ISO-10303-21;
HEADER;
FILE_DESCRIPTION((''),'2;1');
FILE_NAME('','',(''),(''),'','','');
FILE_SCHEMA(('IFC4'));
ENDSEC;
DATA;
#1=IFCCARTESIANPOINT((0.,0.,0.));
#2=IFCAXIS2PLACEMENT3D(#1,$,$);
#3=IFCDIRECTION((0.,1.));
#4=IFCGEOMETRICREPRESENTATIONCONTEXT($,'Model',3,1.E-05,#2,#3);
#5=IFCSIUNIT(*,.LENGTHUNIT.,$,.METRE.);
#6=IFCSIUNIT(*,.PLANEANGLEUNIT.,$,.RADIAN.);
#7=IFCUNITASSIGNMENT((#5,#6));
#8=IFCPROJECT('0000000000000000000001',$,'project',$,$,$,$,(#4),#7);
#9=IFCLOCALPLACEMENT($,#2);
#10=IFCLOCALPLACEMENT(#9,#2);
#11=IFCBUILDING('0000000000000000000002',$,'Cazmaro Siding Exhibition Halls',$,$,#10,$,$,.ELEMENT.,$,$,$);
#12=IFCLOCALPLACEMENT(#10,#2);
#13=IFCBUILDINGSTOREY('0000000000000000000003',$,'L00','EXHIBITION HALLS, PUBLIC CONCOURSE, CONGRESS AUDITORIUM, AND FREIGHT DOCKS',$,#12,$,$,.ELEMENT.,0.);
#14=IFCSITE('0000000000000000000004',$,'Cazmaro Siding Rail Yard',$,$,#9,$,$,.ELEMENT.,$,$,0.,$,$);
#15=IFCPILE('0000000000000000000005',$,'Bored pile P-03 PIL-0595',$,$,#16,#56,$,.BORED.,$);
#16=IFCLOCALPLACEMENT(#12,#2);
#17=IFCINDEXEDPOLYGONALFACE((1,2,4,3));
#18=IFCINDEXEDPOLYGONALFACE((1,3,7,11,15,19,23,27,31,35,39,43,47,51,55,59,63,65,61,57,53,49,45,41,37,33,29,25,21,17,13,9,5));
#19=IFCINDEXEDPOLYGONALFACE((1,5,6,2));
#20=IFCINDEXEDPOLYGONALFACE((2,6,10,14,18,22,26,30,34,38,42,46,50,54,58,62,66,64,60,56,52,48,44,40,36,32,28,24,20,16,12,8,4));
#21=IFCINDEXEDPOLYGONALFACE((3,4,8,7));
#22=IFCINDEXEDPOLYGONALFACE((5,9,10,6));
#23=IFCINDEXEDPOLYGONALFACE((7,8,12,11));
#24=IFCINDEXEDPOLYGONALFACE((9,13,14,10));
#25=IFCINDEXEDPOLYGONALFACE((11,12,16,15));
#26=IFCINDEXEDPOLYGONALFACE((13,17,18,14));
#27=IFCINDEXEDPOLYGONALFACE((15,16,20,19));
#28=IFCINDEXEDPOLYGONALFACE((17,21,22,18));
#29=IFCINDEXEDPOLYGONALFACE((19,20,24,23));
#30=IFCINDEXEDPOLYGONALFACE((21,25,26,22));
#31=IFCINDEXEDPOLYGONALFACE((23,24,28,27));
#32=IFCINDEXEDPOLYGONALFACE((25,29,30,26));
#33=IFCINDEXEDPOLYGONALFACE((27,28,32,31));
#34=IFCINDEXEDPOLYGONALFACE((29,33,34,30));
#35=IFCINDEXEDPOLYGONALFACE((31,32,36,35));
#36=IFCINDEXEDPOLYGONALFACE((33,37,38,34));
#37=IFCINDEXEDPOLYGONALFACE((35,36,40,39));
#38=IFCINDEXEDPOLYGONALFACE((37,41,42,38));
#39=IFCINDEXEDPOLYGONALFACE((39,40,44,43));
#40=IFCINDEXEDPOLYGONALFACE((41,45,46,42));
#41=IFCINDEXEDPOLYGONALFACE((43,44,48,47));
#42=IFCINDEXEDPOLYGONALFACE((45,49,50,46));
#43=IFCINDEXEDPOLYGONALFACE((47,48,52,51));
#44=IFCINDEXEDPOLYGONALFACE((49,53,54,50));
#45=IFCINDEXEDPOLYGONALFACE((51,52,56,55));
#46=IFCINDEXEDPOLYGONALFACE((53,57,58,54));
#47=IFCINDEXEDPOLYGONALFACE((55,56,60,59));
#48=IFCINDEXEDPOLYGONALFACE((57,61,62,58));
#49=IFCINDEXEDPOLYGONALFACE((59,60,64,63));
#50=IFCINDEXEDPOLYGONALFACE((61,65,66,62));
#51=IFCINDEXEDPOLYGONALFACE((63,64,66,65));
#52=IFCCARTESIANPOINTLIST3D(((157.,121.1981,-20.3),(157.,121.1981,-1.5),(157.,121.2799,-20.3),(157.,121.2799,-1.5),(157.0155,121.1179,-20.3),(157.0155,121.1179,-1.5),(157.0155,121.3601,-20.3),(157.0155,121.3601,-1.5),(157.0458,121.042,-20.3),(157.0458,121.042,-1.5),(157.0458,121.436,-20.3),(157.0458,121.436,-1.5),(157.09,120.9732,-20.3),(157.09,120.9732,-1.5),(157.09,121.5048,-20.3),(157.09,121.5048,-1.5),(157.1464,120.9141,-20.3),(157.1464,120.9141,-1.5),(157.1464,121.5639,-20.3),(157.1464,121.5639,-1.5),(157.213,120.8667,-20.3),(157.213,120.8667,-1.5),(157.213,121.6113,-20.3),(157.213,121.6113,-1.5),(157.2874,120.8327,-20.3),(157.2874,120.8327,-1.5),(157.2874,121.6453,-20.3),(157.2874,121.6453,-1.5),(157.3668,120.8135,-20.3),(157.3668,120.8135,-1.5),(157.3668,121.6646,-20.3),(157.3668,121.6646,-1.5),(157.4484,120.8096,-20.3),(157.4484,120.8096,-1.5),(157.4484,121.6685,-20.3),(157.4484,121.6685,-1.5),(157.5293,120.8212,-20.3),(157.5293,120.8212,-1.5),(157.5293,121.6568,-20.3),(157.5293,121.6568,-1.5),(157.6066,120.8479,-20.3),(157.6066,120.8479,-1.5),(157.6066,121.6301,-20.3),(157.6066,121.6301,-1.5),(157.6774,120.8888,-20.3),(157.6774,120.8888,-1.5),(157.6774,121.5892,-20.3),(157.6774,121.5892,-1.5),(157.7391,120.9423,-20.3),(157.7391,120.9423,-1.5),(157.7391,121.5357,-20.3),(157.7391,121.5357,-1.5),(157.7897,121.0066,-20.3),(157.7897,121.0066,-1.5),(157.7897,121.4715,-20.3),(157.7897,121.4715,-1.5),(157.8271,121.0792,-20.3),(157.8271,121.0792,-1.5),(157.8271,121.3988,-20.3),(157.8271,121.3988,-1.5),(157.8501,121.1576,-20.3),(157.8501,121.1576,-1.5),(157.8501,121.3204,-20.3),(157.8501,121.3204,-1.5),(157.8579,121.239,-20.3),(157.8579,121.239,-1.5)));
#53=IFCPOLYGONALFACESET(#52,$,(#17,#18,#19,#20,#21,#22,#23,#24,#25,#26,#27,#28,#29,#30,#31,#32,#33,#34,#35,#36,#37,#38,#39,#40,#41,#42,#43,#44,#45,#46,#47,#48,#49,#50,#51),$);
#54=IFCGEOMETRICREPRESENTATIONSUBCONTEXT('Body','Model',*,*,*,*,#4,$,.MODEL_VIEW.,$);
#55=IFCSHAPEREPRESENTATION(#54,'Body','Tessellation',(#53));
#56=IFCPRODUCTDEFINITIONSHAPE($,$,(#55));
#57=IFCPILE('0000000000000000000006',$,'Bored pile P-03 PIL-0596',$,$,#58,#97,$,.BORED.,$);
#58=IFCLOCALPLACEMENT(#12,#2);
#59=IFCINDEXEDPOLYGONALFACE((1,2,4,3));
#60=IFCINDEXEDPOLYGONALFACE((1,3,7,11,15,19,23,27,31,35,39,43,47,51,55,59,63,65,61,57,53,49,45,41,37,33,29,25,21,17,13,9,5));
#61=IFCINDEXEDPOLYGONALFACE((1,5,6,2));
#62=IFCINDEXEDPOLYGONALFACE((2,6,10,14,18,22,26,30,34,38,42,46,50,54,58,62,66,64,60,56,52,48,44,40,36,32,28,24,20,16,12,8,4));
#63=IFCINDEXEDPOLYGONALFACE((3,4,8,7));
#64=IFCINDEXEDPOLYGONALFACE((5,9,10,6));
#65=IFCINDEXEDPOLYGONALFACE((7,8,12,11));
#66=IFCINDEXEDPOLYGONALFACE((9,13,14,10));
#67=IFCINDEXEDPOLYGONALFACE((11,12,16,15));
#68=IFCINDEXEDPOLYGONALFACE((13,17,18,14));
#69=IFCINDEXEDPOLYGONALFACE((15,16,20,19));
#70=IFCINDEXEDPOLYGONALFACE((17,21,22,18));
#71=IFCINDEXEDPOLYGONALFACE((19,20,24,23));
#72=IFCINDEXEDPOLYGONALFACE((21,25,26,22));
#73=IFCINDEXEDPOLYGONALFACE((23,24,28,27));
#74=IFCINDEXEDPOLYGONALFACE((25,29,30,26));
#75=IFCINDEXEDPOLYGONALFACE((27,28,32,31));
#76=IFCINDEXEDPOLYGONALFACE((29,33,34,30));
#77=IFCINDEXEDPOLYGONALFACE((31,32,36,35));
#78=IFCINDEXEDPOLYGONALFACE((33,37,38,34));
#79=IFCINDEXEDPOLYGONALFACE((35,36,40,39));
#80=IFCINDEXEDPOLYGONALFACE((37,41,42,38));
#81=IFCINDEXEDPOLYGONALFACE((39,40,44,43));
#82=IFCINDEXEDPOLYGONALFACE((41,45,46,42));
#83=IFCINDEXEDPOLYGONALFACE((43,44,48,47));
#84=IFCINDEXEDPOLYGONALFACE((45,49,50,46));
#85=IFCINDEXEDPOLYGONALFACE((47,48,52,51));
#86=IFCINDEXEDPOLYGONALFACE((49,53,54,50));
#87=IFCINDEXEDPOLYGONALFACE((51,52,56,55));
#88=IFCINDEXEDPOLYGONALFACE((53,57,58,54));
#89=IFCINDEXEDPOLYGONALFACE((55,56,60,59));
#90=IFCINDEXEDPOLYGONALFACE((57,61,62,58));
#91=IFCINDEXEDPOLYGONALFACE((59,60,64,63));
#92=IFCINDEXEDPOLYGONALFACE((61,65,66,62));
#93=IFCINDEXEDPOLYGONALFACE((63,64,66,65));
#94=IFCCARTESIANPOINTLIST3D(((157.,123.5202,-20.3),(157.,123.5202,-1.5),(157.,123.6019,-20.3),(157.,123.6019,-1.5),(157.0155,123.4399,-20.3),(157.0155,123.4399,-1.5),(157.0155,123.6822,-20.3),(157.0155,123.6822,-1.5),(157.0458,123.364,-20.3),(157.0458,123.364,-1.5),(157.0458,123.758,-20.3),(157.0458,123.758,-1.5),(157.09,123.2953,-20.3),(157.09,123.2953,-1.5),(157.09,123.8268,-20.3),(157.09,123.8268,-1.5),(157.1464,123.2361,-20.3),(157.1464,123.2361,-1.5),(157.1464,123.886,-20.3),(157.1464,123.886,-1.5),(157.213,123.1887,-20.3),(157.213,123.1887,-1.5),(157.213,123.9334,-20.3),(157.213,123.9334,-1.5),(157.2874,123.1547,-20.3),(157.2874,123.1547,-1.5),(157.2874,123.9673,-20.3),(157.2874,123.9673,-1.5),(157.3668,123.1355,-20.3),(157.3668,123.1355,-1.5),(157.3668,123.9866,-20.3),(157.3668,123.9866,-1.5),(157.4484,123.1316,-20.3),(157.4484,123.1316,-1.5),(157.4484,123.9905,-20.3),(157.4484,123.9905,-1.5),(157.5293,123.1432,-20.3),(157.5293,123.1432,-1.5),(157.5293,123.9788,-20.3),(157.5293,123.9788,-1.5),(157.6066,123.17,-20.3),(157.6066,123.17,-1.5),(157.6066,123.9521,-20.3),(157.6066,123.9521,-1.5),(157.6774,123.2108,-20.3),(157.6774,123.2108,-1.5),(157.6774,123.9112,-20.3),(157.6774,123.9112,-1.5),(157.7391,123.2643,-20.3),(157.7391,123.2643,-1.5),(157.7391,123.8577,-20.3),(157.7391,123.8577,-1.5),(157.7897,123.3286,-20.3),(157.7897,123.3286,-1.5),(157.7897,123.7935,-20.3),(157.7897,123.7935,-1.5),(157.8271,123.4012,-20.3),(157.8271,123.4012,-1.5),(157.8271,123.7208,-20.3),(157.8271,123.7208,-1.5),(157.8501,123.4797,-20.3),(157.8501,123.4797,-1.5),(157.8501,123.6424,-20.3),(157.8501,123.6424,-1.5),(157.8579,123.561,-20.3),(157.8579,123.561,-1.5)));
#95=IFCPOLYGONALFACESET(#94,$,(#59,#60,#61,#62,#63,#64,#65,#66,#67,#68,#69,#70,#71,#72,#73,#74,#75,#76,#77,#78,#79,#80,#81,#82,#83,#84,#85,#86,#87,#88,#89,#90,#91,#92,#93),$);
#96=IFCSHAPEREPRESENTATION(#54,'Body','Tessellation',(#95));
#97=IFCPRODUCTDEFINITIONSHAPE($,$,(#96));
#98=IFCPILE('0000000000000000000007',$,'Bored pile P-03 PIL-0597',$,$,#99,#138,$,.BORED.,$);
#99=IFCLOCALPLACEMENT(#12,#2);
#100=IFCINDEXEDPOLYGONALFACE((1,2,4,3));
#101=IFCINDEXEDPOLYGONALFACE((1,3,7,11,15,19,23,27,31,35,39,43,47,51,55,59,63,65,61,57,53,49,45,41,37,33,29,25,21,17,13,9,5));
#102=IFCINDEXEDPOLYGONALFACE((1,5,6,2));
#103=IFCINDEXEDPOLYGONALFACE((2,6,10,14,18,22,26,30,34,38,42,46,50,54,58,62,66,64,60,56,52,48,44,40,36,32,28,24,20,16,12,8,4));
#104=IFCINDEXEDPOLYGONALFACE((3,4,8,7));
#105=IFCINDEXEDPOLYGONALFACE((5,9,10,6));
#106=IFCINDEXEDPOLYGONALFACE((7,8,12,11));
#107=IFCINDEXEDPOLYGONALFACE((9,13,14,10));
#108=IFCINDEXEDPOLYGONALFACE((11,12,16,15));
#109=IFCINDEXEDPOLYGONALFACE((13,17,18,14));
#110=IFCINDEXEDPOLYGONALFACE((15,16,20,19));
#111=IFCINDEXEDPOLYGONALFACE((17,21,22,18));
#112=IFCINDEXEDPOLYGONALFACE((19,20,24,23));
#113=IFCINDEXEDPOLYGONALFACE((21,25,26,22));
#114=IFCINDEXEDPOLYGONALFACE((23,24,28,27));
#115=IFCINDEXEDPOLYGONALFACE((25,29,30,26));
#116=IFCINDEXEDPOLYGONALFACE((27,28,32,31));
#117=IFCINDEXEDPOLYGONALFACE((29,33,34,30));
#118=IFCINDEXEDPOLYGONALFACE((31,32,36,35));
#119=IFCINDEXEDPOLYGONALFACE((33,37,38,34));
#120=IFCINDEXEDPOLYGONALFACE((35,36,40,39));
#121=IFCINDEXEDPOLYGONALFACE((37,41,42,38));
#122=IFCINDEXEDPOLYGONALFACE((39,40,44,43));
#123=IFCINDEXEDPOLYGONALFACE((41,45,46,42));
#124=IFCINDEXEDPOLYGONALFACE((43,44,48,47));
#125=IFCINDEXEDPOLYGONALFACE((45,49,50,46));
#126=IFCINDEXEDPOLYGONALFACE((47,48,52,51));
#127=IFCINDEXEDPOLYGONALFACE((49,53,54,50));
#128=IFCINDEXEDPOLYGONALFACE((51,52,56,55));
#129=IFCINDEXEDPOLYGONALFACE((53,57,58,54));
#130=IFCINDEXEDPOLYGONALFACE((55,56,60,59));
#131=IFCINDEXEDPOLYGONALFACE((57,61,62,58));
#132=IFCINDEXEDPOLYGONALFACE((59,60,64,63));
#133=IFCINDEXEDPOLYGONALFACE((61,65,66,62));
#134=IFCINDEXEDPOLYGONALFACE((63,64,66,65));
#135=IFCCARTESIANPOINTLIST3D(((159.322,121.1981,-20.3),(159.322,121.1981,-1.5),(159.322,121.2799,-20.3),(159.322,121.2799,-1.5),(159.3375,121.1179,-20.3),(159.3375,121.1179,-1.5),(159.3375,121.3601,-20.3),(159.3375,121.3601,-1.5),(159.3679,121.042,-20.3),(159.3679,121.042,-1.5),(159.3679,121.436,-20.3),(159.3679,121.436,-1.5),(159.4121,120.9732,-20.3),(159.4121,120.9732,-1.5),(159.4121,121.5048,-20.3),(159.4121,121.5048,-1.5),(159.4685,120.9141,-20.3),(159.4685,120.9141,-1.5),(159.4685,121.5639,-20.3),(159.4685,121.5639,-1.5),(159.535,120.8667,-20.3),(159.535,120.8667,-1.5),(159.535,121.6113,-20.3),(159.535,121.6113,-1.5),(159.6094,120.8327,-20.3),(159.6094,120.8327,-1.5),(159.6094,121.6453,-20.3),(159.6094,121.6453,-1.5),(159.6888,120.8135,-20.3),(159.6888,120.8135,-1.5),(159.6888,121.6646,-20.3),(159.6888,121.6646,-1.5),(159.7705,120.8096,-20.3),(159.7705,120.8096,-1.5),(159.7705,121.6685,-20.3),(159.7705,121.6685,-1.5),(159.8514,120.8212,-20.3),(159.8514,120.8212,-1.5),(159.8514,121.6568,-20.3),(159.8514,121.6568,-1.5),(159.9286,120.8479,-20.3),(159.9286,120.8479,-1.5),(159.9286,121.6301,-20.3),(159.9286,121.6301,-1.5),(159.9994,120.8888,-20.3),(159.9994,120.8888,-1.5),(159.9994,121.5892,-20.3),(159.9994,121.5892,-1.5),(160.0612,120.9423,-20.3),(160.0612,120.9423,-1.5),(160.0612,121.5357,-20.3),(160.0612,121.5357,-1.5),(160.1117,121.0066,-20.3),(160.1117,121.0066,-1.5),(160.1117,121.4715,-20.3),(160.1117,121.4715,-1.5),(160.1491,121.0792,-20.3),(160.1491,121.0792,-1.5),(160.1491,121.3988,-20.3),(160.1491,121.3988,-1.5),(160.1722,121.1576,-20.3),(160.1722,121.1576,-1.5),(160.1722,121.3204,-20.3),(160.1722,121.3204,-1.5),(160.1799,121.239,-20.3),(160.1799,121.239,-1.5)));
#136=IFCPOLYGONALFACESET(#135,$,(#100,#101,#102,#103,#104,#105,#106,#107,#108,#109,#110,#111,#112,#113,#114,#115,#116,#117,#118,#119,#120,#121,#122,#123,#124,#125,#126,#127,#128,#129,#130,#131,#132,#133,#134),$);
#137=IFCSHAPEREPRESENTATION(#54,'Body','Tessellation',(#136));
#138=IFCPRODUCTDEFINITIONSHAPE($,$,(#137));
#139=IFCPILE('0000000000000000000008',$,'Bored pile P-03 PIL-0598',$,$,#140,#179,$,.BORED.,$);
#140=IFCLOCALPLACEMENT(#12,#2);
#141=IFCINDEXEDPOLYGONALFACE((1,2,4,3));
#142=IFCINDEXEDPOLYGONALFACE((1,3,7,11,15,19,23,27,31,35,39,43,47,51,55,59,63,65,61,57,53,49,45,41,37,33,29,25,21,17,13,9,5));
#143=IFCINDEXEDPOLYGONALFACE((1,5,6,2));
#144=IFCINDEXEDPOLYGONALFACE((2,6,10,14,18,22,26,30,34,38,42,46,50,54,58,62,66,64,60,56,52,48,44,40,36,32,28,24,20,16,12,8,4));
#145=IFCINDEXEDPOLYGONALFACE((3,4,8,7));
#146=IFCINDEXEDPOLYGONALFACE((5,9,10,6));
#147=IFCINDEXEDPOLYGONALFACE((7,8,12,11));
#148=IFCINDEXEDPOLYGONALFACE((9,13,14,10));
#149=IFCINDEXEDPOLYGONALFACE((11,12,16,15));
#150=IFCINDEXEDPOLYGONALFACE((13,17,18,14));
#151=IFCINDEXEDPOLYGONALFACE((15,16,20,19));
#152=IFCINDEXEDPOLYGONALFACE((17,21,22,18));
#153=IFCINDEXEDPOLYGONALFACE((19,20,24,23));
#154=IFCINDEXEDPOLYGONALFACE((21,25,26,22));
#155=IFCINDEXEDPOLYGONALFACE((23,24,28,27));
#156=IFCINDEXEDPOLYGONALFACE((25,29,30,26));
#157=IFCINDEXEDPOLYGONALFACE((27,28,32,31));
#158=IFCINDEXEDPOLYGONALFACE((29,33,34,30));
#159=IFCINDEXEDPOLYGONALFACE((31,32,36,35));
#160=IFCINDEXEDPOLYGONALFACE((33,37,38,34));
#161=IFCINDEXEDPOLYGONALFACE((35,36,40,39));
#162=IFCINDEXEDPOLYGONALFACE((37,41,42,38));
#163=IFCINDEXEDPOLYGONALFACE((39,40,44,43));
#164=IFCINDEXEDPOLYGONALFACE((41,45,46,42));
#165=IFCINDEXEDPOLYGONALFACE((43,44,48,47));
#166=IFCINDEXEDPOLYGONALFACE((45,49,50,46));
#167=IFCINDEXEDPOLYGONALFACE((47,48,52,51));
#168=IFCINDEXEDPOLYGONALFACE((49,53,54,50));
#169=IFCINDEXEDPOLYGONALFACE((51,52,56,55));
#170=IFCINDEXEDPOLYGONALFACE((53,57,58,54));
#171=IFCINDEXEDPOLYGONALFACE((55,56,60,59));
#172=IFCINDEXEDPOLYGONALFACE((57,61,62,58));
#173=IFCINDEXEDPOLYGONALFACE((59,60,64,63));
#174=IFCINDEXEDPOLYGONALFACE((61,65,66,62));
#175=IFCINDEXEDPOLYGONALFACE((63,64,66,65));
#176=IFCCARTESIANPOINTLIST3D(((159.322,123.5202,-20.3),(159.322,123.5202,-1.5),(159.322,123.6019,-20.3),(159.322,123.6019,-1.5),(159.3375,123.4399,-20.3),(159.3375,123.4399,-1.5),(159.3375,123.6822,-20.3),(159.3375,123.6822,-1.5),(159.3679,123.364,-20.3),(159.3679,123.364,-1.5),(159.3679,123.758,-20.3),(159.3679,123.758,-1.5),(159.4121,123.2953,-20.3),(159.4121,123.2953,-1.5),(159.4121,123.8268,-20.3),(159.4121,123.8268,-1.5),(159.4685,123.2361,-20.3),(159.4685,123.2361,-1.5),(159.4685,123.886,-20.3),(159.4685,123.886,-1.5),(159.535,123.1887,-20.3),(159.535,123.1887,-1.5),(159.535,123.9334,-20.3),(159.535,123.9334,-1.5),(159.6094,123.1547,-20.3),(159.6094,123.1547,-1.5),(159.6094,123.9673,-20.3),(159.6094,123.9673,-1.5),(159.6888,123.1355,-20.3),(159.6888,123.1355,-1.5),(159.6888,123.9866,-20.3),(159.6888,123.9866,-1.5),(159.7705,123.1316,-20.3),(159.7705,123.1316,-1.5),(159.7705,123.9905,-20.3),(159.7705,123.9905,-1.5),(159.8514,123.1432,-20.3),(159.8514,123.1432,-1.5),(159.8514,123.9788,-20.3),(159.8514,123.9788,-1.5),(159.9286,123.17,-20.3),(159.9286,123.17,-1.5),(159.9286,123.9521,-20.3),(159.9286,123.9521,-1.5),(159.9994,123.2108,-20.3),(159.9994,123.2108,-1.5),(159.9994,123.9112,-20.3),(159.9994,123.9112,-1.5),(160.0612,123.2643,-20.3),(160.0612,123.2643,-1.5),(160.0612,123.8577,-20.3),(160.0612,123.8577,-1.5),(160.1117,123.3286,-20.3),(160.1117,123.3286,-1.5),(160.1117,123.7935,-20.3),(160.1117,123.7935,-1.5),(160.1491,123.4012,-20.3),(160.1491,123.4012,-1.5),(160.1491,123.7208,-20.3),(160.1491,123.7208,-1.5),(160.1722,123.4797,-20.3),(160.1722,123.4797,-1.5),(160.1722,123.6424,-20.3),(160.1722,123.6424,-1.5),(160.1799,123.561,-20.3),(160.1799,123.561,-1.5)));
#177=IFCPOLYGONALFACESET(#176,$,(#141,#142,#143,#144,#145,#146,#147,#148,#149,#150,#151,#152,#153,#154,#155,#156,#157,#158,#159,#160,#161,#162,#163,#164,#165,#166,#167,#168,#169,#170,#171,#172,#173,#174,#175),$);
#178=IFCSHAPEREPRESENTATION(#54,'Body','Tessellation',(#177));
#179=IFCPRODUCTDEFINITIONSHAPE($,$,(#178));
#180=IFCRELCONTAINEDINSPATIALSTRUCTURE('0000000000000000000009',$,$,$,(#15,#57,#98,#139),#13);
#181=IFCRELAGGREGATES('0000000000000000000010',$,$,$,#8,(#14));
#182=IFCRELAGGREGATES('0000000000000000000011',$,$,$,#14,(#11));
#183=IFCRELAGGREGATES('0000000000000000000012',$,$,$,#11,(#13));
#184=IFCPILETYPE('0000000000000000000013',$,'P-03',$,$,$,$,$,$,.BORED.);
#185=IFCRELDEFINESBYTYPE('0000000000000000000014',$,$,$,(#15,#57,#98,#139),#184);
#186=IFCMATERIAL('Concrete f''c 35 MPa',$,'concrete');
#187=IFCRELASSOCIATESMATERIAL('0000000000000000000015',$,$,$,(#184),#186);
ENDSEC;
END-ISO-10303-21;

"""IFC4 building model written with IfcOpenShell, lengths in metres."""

from ifc_helpers import new_model, si_unit, direction, frame, origin, origin_2d, place, context, subcontext, project, spatial, circle, extrude, material, material_profile, profile_set, type_object, element, save


model = new_model("IFC4")

# Units and contexts
model_context = context("Model", 3, precision=1e-05, world=origin(), true_north=direction((0.0, 1.0)))
body_context = subcontext(model_context, "Body", "Model", "MODEL_VIEW")
ifc_project = project(units=[si_unit("LENGTHUNIT", "METRE"), si_unit("PLANEANGLEUNIT", "RADIAN")], contexts=[model_context])

# Site, building, storey
site_placement = place(None, origin())
site = spatial("IfcSite", under=ifc_project, at=site_placement, Name="Cazmaro Siding Rail Yard", CompositionType="ELEMENT", RefElevation=0.0)
building_placement = place(site_placement, origin())
building = spatial("IfcBuilding", under=site, at=building_placement, Name="Cazmaro Siding Exhibition Halls", CompositionType="ELEMENT")
storey_placement = place(building_placement, origin())
storey = spatial("IfcBuildingStorey", under=building, at=storey_placement, Name="L00", Description="EXHIBITION HALLS, PUBLIC CONCOURSE, CONGRESS AUDITORIUM, AND FREIGHT DOCKS", CompositionType="ELEMENT", Elevation=0.0)

# Piles
ifc_material_1 = material(Name="Concrete f'c 35 MPa", Category="concrete")
ifc_material_profile_1 = material_profile(ifc_material_1, circle(Radius=0.4299, at=origin_2d()), Name="CIDH-860")
ifc_profile_set_1 = profile_set([ifc_material_profile_1], Name="Concrete f'c 35 MPa")
pile_type = type_object("IfcPileType", Name="P-03", PredefinedType="BORED", material=ifc_profile_set_1)
for number, where, z_axis, x_axis, name in (
    (1, (157.428, 121.239, -1.5), (0.0, 0.0, -1.0), (1.0, 0.0, 0.0), "Bored pile P-03 PIL-0595"),
    (2, (157.428, 123.561, -1.5), (0.0, 0.0, -1.0), (1.0, 0.0, 0.0), "Bored pile P-03 PIL-0596"),
    (3, (159.75, 121.239, -1.5), (0.0, 0.0, -1.0), (1.0, 0.0, 0.0), "Bored pile P-03 PIL-0597"),
    (4, (159.75, 123.561, -1.5), (0.0, 0.0, -1.0), (1.0, 0.0, 0.0), "Bored pile P-03 PIL-0598"),
):
    element("IfcPile", number, at=place(storey_placement, frame(where, z_axis=z_axis, x_axis=x_axis)), inside=storey, type_object=pile_type, Name=name, PredefinedType="BORED", context=body_context, shape_type="SweptSolid", body=[
        extrude(circle(Radius=0.4299, at=origin_2d()), origin(), (0.0, 0.0, 1.0), 18.8),
    ])

save(model, "model.ifc")
